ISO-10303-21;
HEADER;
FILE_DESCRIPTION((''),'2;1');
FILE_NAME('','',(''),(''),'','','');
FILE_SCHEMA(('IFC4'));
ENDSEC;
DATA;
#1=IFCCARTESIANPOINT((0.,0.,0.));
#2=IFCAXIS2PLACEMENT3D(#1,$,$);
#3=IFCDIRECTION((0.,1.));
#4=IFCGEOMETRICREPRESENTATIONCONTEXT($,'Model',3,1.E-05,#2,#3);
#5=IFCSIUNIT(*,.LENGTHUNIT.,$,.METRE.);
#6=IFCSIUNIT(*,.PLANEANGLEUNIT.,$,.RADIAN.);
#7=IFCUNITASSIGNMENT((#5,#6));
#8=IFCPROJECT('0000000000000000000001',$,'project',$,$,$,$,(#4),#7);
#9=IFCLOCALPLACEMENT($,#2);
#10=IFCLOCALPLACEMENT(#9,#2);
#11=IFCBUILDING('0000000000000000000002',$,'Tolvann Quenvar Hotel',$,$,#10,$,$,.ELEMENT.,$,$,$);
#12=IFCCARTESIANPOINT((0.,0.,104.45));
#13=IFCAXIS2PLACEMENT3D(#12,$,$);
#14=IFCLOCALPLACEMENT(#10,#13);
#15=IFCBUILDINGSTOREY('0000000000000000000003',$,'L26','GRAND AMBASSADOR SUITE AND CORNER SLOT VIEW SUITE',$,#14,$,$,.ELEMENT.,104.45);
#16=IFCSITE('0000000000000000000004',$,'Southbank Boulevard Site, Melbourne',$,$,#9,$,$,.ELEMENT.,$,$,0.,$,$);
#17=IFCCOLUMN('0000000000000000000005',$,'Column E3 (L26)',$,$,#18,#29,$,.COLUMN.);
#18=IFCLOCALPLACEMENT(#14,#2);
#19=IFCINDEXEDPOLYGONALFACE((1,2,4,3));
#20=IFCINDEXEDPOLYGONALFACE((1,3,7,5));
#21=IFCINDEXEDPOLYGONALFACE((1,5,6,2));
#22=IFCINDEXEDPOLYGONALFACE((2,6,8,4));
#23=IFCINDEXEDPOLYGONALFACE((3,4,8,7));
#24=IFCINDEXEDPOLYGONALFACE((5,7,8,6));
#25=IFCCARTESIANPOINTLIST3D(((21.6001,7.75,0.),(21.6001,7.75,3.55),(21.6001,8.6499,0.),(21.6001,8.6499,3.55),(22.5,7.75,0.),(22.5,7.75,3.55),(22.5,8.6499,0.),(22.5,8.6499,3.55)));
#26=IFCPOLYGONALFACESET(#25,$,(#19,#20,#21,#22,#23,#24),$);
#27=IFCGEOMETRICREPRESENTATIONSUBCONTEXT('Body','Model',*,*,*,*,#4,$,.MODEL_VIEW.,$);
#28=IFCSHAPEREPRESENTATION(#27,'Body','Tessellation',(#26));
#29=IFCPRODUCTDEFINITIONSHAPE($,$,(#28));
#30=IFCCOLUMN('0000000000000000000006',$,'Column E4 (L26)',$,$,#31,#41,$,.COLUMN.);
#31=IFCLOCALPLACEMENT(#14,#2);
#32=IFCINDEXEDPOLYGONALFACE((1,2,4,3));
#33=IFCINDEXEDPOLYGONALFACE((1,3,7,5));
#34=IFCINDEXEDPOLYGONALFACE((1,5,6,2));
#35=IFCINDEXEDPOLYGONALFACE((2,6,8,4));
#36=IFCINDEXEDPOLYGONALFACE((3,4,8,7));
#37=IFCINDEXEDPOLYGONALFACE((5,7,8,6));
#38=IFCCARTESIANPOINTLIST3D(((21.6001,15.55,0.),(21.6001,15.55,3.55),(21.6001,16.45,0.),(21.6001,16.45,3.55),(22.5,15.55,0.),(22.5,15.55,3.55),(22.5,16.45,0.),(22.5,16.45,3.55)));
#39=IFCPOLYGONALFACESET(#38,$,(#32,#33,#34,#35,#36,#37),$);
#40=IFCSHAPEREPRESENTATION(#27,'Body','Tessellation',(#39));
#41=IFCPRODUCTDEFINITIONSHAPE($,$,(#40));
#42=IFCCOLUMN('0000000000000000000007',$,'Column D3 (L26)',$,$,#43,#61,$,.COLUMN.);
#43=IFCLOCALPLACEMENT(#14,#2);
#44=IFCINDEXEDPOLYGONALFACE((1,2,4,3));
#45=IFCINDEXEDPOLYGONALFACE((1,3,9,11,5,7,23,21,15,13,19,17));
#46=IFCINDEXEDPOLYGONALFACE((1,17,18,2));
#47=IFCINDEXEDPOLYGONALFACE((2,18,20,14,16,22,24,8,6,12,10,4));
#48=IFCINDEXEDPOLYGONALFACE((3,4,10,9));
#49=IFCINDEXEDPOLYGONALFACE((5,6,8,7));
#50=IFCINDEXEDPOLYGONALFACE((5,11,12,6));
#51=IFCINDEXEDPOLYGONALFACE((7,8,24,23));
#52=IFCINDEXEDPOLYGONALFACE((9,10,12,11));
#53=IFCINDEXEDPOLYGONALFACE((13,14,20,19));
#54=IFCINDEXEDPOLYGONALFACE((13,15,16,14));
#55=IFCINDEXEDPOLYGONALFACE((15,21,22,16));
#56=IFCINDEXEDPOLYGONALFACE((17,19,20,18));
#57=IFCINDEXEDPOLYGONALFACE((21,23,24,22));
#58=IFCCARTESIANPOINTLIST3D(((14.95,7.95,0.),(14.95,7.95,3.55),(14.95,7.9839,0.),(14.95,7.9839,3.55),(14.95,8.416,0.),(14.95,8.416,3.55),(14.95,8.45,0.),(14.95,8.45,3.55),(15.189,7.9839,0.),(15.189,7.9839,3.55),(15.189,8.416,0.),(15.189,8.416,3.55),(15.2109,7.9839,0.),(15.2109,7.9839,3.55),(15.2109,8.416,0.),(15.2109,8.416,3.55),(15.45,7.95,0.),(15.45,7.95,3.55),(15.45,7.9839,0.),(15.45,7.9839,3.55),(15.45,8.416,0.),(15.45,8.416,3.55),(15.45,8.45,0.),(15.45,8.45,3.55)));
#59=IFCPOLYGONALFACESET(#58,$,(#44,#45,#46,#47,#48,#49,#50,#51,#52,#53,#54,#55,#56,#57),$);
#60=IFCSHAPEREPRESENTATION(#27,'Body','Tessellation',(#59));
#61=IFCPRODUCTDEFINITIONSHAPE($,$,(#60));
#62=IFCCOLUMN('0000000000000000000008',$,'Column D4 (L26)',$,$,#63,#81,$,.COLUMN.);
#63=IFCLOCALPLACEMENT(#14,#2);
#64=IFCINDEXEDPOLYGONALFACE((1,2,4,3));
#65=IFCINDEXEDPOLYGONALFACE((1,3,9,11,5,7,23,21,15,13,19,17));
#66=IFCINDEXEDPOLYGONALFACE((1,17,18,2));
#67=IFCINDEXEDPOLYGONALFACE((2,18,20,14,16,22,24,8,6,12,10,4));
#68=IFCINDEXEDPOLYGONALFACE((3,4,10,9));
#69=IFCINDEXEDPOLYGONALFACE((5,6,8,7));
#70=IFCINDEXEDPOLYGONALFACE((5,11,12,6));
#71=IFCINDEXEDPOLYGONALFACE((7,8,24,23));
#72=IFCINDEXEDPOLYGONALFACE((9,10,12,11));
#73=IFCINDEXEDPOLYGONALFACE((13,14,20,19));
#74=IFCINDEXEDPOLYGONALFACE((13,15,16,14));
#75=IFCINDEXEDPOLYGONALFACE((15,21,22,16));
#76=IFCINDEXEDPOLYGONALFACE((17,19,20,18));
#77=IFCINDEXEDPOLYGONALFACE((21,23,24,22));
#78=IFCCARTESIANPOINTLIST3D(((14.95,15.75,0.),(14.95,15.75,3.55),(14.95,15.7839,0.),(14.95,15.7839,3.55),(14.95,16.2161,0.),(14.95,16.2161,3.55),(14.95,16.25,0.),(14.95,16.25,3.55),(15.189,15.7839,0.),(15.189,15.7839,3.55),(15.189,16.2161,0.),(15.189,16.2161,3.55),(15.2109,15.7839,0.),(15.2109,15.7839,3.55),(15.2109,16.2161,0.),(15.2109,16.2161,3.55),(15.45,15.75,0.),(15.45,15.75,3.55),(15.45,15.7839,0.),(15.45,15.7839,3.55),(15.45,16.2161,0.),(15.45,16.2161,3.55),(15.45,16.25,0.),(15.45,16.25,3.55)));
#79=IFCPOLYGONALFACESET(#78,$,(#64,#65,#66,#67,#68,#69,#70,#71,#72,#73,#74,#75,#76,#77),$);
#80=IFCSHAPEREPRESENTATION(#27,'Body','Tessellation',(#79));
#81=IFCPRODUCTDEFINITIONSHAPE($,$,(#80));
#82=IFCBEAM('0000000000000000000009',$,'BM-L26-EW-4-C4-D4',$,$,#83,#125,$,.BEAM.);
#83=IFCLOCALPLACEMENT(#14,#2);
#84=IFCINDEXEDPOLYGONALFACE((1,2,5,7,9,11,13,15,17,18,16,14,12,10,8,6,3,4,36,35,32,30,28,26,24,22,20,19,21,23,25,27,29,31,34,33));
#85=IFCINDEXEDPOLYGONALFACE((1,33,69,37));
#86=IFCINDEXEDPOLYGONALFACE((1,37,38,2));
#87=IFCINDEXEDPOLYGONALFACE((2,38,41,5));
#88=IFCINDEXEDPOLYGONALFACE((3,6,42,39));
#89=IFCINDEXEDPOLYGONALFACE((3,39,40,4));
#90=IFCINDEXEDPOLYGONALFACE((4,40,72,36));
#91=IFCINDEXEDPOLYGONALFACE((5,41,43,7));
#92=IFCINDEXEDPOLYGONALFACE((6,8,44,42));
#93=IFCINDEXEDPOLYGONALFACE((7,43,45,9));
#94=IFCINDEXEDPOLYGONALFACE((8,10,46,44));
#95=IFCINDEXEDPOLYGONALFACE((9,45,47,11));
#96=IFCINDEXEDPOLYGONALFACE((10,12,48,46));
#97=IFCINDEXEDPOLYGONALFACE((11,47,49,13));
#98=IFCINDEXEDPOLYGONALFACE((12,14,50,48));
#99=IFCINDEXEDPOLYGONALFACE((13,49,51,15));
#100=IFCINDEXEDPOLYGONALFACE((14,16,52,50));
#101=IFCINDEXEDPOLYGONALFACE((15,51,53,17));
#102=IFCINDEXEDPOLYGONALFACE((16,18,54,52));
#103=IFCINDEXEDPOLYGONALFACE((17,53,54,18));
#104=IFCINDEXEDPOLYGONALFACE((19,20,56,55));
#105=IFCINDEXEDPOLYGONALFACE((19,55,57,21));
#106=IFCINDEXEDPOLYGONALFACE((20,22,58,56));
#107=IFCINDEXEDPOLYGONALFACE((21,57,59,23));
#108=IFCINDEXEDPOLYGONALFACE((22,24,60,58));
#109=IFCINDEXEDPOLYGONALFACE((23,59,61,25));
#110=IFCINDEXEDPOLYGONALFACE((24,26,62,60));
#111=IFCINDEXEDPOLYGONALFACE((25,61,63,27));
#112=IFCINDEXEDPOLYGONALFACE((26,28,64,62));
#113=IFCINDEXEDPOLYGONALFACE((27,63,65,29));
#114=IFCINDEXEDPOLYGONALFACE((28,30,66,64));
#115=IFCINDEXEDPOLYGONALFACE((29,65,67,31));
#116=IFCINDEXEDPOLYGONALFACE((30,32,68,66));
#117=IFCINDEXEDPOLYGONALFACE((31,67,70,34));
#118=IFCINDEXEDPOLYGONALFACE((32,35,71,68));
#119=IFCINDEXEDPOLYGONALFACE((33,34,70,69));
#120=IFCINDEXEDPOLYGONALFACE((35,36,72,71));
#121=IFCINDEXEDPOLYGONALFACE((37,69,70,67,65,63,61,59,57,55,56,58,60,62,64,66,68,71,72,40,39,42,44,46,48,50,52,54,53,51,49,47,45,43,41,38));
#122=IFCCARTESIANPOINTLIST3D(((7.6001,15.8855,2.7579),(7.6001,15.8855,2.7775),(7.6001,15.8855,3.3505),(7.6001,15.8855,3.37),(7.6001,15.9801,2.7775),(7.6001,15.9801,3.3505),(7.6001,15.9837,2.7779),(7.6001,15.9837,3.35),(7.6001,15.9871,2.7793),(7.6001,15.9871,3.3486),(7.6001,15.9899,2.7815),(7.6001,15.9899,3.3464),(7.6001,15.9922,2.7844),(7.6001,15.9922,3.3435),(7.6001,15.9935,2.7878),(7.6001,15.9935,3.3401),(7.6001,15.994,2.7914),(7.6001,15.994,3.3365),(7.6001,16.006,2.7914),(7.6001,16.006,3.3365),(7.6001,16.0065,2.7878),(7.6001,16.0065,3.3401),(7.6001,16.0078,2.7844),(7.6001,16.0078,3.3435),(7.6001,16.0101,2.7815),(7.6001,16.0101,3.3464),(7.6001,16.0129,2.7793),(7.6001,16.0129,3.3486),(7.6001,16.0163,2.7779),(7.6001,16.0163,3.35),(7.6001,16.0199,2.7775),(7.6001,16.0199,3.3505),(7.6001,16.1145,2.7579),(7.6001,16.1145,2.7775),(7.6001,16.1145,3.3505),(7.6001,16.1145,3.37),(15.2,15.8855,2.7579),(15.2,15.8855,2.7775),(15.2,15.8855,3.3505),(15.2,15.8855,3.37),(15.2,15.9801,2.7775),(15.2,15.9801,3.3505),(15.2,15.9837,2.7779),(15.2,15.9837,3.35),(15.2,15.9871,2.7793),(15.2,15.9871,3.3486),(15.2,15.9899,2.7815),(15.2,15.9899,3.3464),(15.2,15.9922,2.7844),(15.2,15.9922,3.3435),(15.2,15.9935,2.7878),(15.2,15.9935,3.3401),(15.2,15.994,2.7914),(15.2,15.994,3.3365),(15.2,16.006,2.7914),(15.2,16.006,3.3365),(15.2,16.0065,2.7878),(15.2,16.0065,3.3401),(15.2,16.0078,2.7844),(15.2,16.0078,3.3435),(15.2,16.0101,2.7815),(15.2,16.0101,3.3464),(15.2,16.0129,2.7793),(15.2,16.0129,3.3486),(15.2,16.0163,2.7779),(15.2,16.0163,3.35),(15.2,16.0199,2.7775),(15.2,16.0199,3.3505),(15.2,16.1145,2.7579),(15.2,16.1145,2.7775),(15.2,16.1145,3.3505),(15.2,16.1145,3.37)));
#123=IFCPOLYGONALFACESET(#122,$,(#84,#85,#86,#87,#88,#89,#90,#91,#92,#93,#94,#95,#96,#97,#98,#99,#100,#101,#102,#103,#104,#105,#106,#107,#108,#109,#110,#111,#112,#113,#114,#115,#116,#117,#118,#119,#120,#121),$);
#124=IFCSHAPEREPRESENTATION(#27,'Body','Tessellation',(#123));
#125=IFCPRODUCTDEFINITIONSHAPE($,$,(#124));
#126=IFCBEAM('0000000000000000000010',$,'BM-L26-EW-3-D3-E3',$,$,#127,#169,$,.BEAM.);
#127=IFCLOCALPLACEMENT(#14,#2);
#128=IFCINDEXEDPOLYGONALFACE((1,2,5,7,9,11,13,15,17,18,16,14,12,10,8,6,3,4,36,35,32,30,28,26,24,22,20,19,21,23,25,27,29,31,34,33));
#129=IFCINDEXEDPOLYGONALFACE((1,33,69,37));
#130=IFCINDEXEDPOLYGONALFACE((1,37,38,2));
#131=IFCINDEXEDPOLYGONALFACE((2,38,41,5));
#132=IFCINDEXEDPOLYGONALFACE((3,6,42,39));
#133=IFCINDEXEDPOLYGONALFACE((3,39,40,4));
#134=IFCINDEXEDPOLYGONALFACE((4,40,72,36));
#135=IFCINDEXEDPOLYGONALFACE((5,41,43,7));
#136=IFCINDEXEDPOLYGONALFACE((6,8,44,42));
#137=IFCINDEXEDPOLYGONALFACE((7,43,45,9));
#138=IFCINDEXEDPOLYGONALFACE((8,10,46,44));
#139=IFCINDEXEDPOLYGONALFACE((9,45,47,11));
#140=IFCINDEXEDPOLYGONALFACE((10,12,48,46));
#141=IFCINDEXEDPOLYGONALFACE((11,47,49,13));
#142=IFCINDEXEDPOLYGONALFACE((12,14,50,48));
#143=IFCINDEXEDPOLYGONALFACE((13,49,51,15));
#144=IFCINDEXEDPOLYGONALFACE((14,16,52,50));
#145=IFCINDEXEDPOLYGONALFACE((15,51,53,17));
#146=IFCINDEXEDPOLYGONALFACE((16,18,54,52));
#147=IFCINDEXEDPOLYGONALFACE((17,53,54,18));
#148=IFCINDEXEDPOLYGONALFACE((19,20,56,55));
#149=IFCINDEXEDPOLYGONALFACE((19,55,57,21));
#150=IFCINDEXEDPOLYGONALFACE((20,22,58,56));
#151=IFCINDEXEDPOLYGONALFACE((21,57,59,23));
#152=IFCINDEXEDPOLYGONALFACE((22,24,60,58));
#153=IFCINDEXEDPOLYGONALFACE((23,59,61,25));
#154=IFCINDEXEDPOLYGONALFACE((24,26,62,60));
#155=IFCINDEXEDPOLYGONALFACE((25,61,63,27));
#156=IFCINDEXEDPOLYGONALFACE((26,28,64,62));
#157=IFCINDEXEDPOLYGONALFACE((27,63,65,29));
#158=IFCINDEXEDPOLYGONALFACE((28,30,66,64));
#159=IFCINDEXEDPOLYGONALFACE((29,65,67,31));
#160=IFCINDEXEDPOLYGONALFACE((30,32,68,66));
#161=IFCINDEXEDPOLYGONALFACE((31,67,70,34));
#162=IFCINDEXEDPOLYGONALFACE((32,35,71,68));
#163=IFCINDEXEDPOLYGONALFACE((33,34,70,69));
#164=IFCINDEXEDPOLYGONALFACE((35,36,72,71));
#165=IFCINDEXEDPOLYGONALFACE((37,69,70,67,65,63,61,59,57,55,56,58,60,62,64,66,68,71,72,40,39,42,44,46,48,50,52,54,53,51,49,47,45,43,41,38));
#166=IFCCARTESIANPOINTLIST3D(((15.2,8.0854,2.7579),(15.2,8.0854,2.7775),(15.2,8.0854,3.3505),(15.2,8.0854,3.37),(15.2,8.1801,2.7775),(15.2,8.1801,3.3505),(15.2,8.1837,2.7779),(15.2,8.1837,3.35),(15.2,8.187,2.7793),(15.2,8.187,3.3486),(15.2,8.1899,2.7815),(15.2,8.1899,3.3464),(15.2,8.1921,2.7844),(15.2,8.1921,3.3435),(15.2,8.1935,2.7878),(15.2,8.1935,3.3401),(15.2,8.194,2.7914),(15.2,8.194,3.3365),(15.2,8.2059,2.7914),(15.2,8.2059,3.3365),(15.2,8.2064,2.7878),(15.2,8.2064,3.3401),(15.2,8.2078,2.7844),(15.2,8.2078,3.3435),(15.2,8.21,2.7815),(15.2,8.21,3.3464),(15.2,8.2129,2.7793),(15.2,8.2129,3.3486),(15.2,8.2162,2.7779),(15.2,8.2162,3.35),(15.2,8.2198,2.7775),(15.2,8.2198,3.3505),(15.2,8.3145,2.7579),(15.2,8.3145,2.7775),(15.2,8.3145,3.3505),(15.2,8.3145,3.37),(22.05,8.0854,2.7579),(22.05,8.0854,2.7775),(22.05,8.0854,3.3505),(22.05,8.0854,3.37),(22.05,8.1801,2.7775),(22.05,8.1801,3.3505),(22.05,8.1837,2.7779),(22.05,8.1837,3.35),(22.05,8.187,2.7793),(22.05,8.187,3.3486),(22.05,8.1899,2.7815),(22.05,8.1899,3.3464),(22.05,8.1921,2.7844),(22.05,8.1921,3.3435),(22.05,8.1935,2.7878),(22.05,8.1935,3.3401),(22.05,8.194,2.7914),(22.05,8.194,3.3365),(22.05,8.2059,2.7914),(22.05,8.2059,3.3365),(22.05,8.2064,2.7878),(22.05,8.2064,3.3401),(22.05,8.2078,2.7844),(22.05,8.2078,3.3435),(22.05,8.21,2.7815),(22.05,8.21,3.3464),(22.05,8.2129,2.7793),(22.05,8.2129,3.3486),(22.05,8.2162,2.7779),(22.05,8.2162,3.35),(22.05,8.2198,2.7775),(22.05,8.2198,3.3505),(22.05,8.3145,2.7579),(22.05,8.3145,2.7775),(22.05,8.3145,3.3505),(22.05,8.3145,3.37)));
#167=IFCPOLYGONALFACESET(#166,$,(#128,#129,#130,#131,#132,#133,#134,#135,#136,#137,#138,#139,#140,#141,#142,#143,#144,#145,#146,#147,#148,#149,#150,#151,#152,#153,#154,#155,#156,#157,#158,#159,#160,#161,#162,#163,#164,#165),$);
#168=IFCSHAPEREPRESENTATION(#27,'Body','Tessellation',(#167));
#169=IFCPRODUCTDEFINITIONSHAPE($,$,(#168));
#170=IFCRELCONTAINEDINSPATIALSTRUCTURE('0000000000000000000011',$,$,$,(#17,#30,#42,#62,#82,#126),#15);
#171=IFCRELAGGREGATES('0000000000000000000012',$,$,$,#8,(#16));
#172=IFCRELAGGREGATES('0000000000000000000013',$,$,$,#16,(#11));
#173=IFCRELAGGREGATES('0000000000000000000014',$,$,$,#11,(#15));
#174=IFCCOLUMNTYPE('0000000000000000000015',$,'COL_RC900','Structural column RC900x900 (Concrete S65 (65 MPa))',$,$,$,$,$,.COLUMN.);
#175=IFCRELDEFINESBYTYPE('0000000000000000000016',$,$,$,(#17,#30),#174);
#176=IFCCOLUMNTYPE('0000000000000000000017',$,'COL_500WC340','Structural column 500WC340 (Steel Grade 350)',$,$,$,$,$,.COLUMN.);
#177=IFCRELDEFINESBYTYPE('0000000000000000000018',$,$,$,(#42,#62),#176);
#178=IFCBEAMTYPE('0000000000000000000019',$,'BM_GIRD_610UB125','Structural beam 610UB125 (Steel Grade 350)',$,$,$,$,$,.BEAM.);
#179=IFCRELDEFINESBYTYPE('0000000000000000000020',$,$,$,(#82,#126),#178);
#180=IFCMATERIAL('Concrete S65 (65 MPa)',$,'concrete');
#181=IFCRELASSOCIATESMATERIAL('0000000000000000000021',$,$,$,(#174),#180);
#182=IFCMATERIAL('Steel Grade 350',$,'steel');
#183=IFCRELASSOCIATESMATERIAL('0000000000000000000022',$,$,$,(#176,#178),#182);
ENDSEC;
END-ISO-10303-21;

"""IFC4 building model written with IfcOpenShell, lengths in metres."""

from ifc_helpers import new_model, si_unit, direction, frame, origin, origin_2d, place, context, subcontext, project, spatial, rectangle, i_section, extrude, source, transform, mapped, material, material_profile, profile_set, type_object, type_shapes, element, save


model = new_model("IFC4")

# Units and contexts
model_context = context("Model", 3, precision=1e-05, world=origin(), true_north=direction((0.0, 1.0)))
body_context = subcontext(model_context, "Body", "Model", "MODEL_VIEW")
ifc_project = project(units=[si_unit("LENGTHUNIT", "METRE"), si_unit("PLANEANGLEUNIT", "RADIAN")], contexts=[model_context])

# Site, building, storey
site_placement = place(None, origin())
site = spatial("IfcSite", under=ifc_project, at=site_placement, Name="Southbank Boulevard Site, Melbourne", CompositionType="ELEMENT", RefElevation=0.0)
building_placement = place(site_placement, origin())
building = spatial("IfcBuilding", under=site, at=building_placement, Name="Tolvann Quenvar Hotel", CompositionType="ELEMENT")
storey_placement = place(building_placement, frame((0.0, 0.0, 104.45)))
storey = spatial("IfcBuildingStorey", under=building, at=storey_placement, Name="L26", Description="GRAND AMBASSADOR SUITE AND CORNER SLOT VIEW SUITE", CompositionType="ELEMENT", Elevation=104.45)

# Columns
ifc_material_1 = material(Name="Concrete S65 (65 MPa)", Category="concrete")
ifc_material_profile_1 = material_profile(ifc_material_1, rectangle(XDim=0.8999, YDim=0.8999, at=origin_2d()), Name="RC900x900")
ifc_profile_set_1 = profile_set([ifc_material_profile_1], Name="Concrete S65 (65 MPa)")
column_type_1 = type_object("IfcColumnType", Name="COL_RC900", Description="Structural column RC900x900 (Concrete S65 (65 MPa))", PredefinedType="COLUMN", material=ifc_profile_set_1)
shared_shape_1 = source(origin(), body_context, "Body", "SweptSolid", [
    extrude(rectangle(XDim=0.8999, YDim=0.8999, at=origin_2d()), origin(), (0.0, 0.0, 1.0), 3.55),
])
type_shapes(column_type_1, [shared_shape_1])
for number, where, z_axis, x_axis, name in (
    (1, (22.05, 8.2, 0.0), (0.0, 0.0, 1.0), (1.0, 0.0, 0.0), "Column E3 (L26)"),
    (2, (22.05, 16.0, 0.0), (0.0, 0.0, 1.0), (1.0, 0.0, 0.0), "Column E4 (L26)"),
):
    element("IfcColumn", number, at=place(storey_placement, frame(where, z_axis=z_axis, x_axis=x_axis)), inside=storey, type_object=column_type_1, Name=name, PredefinedType="COLUMN", context=body_context, shape_type="MappedRepresentation", body=[
        mapped(shared_shape_1, transform((0.0, 0.0, 0.0), x_axis=(1.0, 0.0, 0.0), y_axis=(0.0, 1.0, 0.0), z_axis=(0.0, 0.0, 1.0), scale=1.0)),
    ])
ifc_material_2 = material(Name="Steel Grade 350", Category="steel")
ifc_material_profile_2 = material_profile(ifc_material_2, i_section(OverallWidth=0.5, OverallDepth=0.5, WebThickness=0.022, FlangeThickness=0.0339, at=origin_2d()), Name="500WC340")
ifc_profile_set_2 = profile_set([ifc_material_profile_2], Name="Steel Grade 350")
column_type_2 = type_object("IfcColumnType", Name="COL_500WC340", Description="Structural column 500WC340 (Steel Grade 350)", PredefinedType="COLUMN", material=ifc_profile_set_2)
shared_shape_2 = source(origin(), body_context, "Body", "SweptSolid", [
    extrude(i_section(OverallWidth=0.5, OverallDepth=0.5, WebThickness=0.022, FlangeThickness=0.0339, at=origin_2d()), origin(), (0.0, 0.0, 1.0), 3.55),
])
type_shapes(column_type_2, [shared_shape_2])
for number, where, z_axis, x_axis, name in (
    (3, (15.2, 8.2, 0.0), (0.0, 0.0, 1.0), (1.0, 0.0, 0.0), "Column D3 (L26)"),
    (4, (15.2, 16.0, 0.0), (0.0, 0.0, 1.0), (1.0, 0.0, 0.0), "Column D4 (L26)"),
):
    element("IfcColumn", number, at=place(storey_placement, frame(where, z_axis=z_axis, x_axis=x_axis)), inside=storey, type_object=column_type_2, Name=name, PredefinedType="COLUMN", context=body_context, shape_type="MappedRepresentation", body=[
        mapped(shared_shape_2, transform((0.0, 0.0, 0.0), x_axis=(1.0, 0.0, 0.0), y_axis=(0.0, 1.0, 0.0), z_axis=(0.0, 0.0, 1.0), scale=1.0)),
    ])

# Beams
ifc_material_profile_3 = material_profile(ifc_material_2, i_section(OverallWidth=0.229, OverallDepth=0.6121, WebThickness=0.012, FlangeThickness=0.0195, FilletRadius=0.0139, at=origin_2d()), Name="610UB125")
ifc_profile_set_3 = profile_set([ifc_material_profile_3], Name="Steel Grade 350")
beam_type_1 = type_object("IfcBeamType", Name="BM_GIRD_610UB125", Description="Structural beam 610UB125 (Steel Grade 350)", PredefinedType="BEAM", material=ifc_profile_set_3)
shared_shape_3 = source(origin(), body_context, "Body", "SweptSolid", [
    extrude(i_section(OverallWidth=0.229, OverallDepth=0.6121, WebThickness=0.012, FlangeThickness=0.0195, FilletRadius=0.0139, at=origin_2d()), origin(), (0.0, 0.0, 1.0), 7.5999),
])
beam_1_placement = place(storey_placement, frame((7.6001, 16.0, 3.064), z_axis=(1.0, 0.0, 0.0), x_axis=(0.0, 1.0, 0.0)))
element("IfcBeam", 5, at=beam_1_placement, inside=storey, type_object=beam_type_1, Name="BM-L26-EW-4-C4-D4", PredefinedType="BEAM", context=body_context, shape_type="MappedRepresentation", body=[
    mapped(shared_shape_3, transform((0.0, 0.0, 0.0), x_axis=(1.0, 0.0, 0.0), y_axis=(0.0, 1.0, 0.0), z_axis=(0.0, 0.0, 1.0), scale=1.0)),
])
shared_shape_4 = source(origin(), body_context, "Body", "SweptSolid", [
    extrude(i_section(OverallWidth=0.229, OverallDepth=0.6121, WebThickness=0.012, FlangeThickness=0.0195, FilletRadius=0.0139, at=origin_2d()), origin(), (0.0, 0.0, 1.0), 6.8501),
])
type_shapes(beam_type_1, [shared_shape_3, shared_shape_4])
for number, where, z_axis, x_axis, name in (
    (6, (15.2, 8.2, 3.064), (1.0, 0.0, 0.0), (0.0, 1.0, 0.0), "BM-L26-EW-3-D3-E3"),
):
    element("IfcBeam", number, at=place(storey_placement, frame(where, z_axis=z_axis, x_axis=x_axis)), inside=storey, type_object=beam_type_1, Name=name, PredefinedType="BEAM", context=body_context, shape_type="MappedRepresentation", body=[
        mapped(shared_shape_4, transform((0.0, 0.0, 0.0), x_axis=(1.0, 0.0, 0.0), y_axis=(0.0, 1.0, 0.0), z_axis=(0.0, 0.0, 1.0), scale=1.0)),
    ])

save(model, "model.ifc")
